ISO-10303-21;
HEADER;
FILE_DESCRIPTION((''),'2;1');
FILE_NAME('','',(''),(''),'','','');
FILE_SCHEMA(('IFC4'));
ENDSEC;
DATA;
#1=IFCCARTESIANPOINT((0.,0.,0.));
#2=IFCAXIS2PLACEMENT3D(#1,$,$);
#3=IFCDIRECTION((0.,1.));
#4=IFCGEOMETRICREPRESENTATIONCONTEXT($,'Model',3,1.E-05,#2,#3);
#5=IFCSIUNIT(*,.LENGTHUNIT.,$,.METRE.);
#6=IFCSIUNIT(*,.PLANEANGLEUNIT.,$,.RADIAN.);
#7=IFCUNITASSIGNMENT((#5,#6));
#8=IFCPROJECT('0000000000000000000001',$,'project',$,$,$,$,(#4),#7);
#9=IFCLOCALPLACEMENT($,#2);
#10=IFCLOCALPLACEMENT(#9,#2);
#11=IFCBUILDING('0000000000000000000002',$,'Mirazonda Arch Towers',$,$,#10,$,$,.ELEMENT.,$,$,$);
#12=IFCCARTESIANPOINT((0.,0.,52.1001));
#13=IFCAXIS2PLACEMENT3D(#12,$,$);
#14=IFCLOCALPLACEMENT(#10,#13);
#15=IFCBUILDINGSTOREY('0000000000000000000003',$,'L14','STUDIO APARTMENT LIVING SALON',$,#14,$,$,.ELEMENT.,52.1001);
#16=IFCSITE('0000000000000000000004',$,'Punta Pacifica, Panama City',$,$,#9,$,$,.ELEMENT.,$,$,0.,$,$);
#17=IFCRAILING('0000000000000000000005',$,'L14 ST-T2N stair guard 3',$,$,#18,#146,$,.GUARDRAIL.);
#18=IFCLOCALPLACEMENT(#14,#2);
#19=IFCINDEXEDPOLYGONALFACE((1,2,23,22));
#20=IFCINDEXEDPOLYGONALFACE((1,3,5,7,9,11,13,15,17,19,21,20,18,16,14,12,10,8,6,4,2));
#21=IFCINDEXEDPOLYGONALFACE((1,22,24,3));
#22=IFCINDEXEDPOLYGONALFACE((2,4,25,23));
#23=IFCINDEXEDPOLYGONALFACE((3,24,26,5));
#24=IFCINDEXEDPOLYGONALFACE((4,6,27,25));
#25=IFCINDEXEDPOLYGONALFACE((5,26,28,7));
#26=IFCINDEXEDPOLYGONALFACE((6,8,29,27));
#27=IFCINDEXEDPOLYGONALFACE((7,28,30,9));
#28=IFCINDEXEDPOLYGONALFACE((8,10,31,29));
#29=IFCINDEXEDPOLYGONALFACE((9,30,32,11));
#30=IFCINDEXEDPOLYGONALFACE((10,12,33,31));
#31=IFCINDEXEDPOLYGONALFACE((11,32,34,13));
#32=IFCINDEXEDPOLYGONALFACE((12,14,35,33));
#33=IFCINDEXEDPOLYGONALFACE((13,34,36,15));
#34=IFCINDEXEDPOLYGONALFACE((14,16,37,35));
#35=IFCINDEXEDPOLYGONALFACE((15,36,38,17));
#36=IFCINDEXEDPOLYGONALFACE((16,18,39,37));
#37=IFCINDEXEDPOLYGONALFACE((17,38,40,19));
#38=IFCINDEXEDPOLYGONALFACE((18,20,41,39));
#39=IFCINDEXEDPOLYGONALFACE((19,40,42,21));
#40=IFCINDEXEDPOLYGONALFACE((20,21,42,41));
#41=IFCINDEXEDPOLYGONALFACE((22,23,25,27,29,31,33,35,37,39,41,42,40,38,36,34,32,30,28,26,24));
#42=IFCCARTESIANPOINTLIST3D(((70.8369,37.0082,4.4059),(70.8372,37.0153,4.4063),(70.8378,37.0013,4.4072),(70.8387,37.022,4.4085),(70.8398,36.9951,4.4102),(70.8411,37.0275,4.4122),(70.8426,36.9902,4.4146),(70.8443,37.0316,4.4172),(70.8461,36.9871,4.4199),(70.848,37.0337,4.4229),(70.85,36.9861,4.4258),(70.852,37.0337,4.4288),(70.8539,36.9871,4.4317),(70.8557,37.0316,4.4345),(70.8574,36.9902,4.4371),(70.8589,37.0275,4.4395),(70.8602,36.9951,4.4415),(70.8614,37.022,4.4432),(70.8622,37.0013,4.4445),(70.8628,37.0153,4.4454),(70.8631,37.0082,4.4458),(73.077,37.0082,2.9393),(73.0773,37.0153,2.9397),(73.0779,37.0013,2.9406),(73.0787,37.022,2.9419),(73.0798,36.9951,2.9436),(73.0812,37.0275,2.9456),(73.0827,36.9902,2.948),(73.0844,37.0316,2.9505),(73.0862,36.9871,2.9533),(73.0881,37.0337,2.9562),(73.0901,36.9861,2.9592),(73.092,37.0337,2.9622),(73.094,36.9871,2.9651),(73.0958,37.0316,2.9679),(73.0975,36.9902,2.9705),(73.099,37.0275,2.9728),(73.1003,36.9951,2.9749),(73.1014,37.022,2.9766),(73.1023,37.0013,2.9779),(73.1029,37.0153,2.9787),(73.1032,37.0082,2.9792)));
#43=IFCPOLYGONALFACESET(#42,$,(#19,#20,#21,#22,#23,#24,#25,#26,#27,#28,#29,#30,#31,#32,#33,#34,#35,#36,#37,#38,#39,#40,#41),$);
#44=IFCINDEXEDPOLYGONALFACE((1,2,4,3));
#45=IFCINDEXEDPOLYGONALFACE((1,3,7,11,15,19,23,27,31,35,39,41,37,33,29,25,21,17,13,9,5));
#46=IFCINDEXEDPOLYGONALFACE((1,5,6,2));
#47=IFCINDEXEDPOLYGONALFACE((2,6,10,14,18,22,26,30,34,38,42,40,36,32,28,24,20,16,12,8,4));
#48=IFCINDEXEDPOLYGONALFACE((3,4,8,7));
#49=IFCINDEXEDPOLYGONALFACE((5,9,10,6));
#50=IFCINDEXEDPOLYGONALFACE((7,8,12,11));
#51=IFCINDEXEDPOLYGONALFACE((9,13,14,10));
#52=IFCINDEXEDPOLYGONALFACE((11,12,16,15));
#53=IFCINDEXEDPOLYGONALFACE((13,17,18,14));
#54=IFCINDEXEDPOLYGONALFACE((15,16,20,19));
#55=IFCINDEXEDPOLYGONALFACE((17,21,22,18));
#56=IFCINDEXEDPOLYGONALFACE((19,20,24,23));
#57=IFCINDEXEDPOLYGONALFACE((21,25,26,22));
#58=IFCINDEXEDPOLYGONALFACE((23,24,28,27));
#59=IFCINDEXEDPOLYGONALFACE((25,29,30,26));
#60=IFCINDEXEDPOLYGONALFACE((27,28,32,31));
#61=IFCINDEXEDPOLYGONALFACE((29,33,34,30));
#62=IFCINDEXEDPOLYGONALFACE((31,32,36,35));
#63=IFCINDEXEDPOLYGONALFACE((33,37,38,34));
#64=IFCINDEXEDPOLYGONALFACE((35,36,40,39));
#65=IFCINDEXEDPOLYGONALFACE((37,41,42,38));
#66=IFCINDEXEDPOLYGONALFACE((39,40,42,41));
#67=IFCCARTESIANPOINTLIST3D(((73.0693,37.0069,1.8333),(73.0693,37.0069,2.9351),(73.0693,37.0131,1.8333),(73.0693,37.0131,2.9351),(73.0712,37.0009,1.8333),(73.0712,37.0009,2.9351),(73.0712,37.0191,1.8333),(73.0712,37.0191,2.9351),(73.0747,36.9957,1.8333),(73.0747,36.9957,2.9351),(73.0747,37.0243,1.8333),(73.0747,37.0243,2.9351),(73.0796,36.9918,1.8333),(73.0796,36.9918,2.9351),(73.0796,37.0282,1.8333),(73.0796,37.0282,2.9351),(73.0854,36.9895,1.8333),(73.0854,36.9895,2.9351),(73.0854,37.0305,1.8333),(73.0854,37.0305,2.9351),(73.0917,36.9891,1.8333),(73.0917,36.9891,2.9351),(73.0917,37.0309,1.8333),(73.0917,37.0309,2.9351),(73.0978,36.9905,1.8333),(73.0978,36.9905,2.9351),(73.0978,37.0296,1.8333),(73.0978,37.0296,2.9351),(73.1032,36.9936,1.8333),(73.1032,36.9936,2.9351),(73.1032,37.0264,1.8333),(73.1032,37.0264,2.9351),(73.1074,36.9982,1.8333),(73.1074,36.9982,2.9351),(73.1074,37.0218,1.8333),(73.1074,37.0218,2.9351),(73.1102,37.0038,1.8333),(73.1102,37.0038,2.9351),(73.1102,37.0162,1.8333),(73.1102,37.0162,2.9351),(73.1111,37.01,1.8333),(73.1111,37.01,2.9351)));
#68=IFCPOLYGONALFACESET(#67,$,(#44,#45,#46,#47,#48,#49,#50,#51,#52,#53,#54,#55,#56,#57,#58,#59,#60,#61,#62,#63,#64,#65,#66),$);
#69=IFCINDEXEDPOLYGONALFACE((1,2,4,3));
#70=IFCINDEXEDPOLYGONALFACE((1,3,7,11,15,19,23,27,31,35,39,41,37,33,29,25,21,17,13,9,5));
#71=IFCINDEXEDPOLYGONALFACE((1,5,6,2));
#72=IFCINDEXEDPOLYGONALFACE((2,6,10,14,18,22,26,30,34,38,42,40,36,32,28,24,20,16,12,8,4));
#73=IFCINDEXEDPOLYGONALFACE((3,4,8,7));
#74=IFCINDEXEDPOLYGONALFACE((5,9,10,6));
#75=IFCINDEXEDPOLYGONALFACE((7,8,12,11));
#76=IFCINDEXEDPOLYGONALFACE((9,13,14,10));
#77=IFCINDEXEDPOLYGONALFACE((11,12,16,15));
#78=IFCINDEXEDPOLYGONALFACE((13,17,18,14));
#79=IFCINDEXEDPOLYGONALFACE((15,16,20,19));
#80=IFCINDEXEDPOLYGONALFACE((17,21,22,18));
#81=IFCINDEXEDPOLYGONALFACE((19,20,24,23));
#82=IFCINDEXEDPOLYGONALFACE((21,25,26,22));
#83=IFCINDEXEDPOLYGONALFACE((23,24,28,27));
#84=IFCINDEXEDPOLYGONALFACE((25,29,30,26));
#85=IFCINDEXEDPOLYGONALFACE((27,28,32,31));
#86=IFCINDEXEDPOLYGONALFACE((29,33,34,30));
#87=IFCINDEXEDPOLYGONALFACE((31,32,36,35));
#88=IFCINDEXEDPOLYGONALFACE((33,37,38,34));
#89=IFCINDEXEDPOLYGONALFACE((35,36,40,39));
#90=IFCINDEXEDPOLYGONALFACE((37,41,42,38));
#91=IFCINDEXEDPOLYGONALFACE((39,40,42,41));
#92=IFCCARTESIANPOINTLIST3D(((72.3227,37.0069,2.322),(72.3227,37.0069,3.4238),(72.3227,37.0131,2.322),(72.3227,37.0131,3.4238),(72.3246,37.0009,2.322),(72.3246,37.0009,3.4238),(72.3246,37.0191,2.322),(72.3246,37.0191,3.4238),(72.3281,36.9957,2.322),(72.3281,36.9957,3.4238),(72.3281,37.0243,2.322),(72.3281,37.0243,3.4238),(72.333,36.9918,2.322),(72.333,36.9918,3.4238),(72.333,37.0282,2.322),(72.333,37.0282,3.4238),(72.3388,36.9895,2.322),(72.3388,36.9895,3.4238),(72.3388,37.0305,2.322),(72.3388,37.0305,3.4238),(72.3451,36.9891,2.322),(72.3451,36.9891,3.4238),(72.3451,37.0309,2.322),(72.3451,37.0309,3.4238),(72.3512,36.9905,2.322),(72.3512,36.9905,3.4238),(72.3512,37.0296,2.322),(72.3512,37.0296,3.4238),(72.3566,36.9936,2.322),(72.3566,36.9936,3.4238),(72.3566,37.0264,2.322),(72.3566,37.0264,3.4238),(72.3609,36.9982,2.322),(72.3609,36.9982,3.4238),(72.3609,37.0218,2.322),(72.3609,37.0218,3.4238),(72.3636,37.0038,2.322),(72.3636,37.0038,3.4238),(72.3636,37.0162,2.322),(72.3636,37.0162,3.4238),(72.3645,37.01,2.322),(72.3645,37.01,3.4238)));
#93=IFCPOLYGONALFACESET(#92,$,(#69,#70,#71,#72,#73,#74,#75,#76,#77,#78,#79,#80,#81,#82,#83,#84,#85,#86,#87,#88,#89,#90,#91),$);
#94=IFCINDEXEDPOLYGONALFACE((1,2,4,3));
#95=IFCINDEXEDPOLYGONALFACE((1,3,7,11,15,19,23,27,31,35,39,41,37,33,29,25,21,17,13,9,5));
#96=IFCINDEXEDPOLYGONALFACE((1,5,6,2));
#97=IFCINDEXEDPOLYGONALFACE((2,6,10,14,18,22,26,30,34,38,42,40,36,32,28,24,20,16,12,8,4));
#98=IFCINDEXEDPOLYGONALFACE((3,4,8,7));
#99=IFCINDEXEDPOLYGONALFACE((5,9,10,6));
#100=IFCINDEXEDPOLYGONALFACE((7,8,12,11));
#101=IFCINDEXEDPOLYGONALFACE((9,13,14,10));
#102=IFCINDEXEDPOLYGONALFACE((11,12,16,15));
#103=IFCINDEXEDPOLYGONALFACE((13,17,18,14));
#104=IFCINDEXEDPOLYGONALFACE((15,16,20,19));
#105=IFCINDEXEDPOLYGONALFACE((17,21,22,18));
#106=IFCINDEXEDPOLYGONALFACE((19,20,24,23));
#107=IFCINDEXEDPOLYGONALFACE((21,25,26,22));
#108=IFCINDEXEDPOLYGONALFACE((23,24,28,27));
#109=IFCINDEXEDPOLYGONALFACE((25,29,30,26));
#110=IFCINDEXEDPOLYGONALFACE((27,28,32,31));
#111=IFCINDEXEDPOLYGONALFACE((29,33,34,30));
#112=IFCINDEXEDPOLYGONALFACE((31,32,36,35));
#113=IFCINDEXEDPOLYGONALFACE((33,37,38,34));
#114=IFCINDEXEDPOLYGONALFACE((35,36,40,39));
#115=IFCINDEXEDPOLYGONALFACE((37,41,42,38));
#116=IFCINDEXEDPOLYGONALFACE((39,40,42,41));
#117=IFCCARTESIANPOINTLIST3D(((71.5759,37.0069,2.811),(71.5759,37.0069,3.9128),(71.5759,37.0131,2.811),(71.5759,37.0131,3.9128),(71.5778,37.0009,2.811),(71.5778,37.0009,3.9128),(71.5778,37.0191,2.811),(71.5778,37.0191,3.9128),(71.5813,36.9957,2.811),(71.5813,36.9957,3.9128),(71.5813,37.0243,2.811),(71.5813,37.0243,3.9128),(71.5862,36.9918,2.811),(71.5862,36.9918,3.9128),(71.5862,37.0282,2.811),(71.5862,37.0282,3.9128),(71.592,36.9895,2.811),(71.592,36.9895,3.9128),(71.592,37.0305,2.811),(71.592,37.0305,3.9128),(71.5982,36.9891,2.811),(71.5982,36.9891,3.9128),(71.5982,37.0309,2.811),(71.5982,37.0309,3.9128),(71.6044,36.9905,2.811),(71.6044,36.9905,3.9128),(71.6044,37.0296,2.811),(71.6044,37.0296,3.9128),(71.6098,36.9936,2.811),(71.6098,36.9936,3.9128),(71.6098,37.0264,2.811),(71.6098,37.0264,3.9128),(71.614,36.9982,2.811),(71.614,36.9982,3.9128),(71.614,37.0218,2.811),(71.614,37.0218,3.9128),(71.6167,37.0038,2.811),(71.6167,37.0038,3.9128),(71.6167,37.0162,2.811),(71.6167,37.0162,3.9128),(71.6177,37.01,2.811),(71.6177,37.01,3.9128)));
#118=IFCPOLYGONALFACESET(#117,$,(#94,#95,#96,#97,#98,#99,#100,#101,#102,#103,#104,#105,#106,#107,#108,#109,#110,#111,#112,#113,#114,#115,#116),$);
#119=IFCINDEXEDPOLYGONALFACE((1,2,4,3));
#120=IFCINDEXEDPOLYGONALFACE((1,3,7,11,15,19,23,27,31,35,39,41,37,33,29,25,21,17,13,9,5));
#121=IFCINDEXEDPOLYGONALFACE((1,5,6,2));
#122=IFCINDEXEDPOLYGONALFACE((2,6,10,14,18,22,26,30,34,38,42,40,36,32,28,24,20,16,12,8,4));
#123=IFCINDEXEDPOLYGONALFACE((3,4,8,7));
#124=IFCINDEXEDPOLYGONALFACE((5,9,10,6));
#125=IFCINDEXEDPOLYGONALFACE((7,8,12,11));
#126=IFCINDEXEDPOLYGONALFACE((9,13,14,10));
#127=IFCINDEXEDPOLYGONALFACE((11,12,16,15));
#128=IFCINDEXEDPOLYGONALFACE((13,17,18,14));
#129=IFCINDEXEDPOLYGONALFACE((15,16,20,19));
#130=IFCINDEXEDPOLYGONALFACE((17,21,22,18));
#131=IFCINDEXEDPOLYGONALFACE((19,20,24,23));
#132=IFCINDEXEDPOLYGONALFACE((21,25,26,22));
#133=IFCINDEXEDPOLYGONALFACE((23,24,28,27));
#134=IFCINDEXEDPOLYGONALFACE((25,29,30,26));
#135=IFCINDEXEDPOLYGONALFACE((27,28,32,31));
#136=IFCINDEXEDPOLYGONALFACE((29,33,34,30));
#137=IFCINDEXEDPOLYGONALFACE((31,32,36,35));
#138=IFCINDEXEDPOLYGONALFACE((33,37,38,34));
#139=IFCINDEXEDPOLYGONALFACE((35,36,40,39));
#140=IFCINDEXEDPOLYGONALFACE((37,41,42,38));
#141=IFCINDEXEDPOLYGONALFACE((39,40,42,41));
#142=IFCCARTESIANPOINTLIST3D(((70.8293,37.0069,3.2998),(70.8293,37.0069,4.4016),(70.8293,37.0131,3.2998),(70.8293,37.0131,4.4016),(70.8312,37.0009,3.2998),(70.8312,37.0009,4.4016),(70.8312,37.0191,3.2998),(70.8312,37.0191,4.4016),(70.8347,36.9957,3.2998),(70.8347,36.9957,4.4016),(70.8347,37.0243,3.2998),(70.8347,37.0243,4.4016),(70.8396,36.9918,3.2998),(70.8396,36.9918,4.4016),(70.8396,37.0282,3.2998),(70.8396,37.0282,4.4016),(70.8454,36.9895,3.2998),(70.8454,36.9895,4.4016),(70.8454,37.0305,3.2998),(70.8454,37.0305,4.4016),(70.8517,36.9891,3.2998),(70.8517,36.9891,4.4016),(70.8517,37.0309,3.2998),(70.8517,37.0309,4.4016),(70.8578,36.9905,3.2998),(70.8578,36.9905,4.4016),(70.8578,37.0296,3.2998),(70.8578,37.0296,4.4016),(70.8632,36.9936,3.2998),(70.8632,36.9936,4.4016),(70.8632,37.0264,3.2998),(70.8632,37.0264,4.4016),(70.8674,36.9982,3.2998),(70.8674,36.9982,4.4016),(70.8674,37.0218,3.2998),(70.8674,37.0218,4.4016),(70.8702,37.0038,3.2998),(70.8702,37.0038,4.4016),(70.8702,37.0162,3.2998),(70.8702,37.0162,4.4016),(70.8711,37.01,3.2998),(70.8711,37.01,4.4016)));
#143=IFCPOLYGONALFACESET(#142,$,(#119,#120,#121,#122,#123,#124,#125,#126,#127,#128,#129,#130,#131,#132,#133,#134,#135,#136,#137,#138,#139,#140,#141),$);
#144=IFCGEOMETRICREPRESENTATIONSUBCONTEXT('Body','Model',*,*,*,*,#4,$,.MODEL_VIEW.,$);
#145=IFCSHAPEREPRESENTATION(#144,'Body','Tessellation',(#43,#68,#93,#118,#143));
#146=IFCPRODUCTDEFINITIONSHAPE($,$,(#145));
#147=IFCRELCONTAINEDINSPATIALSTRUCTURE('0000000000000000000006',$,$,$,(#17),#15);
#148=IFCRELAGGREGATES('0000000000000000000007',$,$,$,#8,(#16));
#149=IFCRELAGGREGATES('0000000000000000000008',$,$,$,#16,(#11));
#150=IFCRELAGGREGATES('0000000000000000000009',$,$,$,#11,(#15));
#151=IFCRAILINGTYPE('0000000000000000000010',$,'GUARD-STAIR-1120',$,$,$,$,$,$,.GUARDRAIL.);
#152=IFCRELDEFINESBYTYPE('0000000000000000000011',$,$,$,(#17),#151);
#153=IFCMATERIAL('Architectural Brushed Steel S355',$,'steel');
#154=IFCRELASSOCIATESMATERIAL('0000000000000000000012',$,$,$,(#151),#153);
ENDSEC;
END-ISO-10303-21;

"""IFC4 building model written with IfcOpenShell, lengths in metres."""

from ifc_helpers import new_model, si_unit, direction, frame, origin, origin_2d, place, context, subcontext, project, spatial, circle, extrude, material, type_object, element, save


model = new_model("IFC4")

# Units and contexts
model_context = context("Model", 3, precision=1e-05, world=origin(), true_north=direction((0.0, 1.0)))
body_context = subcontext(model_context, "Body", "Model", "MODEL_VIEW")
ifc_project = project(units=[si_unit("LENGTHUNIT", "METRE"), si_unit("PLANEANGLEUNIT", "RADIAN")], contexts=[model_context])

# Site, building, storey
site_placement = place(None, origin())
site = spatial("IfcSite", under=ifc_project, at=site_placement, Name="Punta Pacifica, Panama City", CompositionType="ELEMENT", RefElevation=0.0)
building_placement = place(site_placement, origin())
building = spatial("IfcBuilding", under=site, at=building_placement, Name="Mirazonda Arch Towers", CompositionType="ELEMENT")
storey_placement = place(building_placement, frame((0.0, 0.0, 52.1001)))
storey = spatial("IfcBuildingStorey", under=building, at=storey_placement, Name="L14", Description="STUDIO APARTMENT LIVING SALON", CompositionType="ELEMENT", Elevation=52.1001)

# Railing
ifc_material_1 = material(Name="Architectural Brushed Steel S355", Category="steel")
railing_type_1 = type_object("IfcRailingType", Name="GUARD-STAIR-1120", PredefinedType="GUARDRAIL", material=ifc_material_1)
railing_1_placement = place(storey_placement, frame((73.0901, 37.01, 1.8333)))
element("IfcRailing", 1, at=railing_1_placement, inside=storey, type_object=railing_type_1, Name="L14 ST-T2N stair guard 3", PredefinedType="GUARDRAIL", context=body_context, shape_type="SweptSolid", body=[
    extrude(circle(Radius=0.0239, at=origin_2d()), frame((0.0, 0.0, 1.126), z_axis=(-0.836637, 0.0, 0.547758), x_axis=(0.0, -1.0, 0.0)), (0.0, 0.0, 1.0), 2.6775),
    extrude(circle(Radius=0.021, at=origin_2d()), origin(), (0.0, 0.0, 1.0), 1.1018),
    extrude(circle(Radius=0.021, at=origin_2d()), frame((-0.7466, 0.0, 0.4888)), (0.0, 0.0, 1.0), 1.1018),
    extrude(circle(Radius=0.021, at=origin_2d()), frame((-1.4934, 0.0, 0.9778)), (0.0, 0.0, 1.0), 1.1018),
    extrude(circle(Radius=0.021, at=origin_2d()), frame((-2.24, 0.0, 1.4666)), (0.0, 0.0, 1.0), 1.1018),
])

save(model, "model.ifc")
